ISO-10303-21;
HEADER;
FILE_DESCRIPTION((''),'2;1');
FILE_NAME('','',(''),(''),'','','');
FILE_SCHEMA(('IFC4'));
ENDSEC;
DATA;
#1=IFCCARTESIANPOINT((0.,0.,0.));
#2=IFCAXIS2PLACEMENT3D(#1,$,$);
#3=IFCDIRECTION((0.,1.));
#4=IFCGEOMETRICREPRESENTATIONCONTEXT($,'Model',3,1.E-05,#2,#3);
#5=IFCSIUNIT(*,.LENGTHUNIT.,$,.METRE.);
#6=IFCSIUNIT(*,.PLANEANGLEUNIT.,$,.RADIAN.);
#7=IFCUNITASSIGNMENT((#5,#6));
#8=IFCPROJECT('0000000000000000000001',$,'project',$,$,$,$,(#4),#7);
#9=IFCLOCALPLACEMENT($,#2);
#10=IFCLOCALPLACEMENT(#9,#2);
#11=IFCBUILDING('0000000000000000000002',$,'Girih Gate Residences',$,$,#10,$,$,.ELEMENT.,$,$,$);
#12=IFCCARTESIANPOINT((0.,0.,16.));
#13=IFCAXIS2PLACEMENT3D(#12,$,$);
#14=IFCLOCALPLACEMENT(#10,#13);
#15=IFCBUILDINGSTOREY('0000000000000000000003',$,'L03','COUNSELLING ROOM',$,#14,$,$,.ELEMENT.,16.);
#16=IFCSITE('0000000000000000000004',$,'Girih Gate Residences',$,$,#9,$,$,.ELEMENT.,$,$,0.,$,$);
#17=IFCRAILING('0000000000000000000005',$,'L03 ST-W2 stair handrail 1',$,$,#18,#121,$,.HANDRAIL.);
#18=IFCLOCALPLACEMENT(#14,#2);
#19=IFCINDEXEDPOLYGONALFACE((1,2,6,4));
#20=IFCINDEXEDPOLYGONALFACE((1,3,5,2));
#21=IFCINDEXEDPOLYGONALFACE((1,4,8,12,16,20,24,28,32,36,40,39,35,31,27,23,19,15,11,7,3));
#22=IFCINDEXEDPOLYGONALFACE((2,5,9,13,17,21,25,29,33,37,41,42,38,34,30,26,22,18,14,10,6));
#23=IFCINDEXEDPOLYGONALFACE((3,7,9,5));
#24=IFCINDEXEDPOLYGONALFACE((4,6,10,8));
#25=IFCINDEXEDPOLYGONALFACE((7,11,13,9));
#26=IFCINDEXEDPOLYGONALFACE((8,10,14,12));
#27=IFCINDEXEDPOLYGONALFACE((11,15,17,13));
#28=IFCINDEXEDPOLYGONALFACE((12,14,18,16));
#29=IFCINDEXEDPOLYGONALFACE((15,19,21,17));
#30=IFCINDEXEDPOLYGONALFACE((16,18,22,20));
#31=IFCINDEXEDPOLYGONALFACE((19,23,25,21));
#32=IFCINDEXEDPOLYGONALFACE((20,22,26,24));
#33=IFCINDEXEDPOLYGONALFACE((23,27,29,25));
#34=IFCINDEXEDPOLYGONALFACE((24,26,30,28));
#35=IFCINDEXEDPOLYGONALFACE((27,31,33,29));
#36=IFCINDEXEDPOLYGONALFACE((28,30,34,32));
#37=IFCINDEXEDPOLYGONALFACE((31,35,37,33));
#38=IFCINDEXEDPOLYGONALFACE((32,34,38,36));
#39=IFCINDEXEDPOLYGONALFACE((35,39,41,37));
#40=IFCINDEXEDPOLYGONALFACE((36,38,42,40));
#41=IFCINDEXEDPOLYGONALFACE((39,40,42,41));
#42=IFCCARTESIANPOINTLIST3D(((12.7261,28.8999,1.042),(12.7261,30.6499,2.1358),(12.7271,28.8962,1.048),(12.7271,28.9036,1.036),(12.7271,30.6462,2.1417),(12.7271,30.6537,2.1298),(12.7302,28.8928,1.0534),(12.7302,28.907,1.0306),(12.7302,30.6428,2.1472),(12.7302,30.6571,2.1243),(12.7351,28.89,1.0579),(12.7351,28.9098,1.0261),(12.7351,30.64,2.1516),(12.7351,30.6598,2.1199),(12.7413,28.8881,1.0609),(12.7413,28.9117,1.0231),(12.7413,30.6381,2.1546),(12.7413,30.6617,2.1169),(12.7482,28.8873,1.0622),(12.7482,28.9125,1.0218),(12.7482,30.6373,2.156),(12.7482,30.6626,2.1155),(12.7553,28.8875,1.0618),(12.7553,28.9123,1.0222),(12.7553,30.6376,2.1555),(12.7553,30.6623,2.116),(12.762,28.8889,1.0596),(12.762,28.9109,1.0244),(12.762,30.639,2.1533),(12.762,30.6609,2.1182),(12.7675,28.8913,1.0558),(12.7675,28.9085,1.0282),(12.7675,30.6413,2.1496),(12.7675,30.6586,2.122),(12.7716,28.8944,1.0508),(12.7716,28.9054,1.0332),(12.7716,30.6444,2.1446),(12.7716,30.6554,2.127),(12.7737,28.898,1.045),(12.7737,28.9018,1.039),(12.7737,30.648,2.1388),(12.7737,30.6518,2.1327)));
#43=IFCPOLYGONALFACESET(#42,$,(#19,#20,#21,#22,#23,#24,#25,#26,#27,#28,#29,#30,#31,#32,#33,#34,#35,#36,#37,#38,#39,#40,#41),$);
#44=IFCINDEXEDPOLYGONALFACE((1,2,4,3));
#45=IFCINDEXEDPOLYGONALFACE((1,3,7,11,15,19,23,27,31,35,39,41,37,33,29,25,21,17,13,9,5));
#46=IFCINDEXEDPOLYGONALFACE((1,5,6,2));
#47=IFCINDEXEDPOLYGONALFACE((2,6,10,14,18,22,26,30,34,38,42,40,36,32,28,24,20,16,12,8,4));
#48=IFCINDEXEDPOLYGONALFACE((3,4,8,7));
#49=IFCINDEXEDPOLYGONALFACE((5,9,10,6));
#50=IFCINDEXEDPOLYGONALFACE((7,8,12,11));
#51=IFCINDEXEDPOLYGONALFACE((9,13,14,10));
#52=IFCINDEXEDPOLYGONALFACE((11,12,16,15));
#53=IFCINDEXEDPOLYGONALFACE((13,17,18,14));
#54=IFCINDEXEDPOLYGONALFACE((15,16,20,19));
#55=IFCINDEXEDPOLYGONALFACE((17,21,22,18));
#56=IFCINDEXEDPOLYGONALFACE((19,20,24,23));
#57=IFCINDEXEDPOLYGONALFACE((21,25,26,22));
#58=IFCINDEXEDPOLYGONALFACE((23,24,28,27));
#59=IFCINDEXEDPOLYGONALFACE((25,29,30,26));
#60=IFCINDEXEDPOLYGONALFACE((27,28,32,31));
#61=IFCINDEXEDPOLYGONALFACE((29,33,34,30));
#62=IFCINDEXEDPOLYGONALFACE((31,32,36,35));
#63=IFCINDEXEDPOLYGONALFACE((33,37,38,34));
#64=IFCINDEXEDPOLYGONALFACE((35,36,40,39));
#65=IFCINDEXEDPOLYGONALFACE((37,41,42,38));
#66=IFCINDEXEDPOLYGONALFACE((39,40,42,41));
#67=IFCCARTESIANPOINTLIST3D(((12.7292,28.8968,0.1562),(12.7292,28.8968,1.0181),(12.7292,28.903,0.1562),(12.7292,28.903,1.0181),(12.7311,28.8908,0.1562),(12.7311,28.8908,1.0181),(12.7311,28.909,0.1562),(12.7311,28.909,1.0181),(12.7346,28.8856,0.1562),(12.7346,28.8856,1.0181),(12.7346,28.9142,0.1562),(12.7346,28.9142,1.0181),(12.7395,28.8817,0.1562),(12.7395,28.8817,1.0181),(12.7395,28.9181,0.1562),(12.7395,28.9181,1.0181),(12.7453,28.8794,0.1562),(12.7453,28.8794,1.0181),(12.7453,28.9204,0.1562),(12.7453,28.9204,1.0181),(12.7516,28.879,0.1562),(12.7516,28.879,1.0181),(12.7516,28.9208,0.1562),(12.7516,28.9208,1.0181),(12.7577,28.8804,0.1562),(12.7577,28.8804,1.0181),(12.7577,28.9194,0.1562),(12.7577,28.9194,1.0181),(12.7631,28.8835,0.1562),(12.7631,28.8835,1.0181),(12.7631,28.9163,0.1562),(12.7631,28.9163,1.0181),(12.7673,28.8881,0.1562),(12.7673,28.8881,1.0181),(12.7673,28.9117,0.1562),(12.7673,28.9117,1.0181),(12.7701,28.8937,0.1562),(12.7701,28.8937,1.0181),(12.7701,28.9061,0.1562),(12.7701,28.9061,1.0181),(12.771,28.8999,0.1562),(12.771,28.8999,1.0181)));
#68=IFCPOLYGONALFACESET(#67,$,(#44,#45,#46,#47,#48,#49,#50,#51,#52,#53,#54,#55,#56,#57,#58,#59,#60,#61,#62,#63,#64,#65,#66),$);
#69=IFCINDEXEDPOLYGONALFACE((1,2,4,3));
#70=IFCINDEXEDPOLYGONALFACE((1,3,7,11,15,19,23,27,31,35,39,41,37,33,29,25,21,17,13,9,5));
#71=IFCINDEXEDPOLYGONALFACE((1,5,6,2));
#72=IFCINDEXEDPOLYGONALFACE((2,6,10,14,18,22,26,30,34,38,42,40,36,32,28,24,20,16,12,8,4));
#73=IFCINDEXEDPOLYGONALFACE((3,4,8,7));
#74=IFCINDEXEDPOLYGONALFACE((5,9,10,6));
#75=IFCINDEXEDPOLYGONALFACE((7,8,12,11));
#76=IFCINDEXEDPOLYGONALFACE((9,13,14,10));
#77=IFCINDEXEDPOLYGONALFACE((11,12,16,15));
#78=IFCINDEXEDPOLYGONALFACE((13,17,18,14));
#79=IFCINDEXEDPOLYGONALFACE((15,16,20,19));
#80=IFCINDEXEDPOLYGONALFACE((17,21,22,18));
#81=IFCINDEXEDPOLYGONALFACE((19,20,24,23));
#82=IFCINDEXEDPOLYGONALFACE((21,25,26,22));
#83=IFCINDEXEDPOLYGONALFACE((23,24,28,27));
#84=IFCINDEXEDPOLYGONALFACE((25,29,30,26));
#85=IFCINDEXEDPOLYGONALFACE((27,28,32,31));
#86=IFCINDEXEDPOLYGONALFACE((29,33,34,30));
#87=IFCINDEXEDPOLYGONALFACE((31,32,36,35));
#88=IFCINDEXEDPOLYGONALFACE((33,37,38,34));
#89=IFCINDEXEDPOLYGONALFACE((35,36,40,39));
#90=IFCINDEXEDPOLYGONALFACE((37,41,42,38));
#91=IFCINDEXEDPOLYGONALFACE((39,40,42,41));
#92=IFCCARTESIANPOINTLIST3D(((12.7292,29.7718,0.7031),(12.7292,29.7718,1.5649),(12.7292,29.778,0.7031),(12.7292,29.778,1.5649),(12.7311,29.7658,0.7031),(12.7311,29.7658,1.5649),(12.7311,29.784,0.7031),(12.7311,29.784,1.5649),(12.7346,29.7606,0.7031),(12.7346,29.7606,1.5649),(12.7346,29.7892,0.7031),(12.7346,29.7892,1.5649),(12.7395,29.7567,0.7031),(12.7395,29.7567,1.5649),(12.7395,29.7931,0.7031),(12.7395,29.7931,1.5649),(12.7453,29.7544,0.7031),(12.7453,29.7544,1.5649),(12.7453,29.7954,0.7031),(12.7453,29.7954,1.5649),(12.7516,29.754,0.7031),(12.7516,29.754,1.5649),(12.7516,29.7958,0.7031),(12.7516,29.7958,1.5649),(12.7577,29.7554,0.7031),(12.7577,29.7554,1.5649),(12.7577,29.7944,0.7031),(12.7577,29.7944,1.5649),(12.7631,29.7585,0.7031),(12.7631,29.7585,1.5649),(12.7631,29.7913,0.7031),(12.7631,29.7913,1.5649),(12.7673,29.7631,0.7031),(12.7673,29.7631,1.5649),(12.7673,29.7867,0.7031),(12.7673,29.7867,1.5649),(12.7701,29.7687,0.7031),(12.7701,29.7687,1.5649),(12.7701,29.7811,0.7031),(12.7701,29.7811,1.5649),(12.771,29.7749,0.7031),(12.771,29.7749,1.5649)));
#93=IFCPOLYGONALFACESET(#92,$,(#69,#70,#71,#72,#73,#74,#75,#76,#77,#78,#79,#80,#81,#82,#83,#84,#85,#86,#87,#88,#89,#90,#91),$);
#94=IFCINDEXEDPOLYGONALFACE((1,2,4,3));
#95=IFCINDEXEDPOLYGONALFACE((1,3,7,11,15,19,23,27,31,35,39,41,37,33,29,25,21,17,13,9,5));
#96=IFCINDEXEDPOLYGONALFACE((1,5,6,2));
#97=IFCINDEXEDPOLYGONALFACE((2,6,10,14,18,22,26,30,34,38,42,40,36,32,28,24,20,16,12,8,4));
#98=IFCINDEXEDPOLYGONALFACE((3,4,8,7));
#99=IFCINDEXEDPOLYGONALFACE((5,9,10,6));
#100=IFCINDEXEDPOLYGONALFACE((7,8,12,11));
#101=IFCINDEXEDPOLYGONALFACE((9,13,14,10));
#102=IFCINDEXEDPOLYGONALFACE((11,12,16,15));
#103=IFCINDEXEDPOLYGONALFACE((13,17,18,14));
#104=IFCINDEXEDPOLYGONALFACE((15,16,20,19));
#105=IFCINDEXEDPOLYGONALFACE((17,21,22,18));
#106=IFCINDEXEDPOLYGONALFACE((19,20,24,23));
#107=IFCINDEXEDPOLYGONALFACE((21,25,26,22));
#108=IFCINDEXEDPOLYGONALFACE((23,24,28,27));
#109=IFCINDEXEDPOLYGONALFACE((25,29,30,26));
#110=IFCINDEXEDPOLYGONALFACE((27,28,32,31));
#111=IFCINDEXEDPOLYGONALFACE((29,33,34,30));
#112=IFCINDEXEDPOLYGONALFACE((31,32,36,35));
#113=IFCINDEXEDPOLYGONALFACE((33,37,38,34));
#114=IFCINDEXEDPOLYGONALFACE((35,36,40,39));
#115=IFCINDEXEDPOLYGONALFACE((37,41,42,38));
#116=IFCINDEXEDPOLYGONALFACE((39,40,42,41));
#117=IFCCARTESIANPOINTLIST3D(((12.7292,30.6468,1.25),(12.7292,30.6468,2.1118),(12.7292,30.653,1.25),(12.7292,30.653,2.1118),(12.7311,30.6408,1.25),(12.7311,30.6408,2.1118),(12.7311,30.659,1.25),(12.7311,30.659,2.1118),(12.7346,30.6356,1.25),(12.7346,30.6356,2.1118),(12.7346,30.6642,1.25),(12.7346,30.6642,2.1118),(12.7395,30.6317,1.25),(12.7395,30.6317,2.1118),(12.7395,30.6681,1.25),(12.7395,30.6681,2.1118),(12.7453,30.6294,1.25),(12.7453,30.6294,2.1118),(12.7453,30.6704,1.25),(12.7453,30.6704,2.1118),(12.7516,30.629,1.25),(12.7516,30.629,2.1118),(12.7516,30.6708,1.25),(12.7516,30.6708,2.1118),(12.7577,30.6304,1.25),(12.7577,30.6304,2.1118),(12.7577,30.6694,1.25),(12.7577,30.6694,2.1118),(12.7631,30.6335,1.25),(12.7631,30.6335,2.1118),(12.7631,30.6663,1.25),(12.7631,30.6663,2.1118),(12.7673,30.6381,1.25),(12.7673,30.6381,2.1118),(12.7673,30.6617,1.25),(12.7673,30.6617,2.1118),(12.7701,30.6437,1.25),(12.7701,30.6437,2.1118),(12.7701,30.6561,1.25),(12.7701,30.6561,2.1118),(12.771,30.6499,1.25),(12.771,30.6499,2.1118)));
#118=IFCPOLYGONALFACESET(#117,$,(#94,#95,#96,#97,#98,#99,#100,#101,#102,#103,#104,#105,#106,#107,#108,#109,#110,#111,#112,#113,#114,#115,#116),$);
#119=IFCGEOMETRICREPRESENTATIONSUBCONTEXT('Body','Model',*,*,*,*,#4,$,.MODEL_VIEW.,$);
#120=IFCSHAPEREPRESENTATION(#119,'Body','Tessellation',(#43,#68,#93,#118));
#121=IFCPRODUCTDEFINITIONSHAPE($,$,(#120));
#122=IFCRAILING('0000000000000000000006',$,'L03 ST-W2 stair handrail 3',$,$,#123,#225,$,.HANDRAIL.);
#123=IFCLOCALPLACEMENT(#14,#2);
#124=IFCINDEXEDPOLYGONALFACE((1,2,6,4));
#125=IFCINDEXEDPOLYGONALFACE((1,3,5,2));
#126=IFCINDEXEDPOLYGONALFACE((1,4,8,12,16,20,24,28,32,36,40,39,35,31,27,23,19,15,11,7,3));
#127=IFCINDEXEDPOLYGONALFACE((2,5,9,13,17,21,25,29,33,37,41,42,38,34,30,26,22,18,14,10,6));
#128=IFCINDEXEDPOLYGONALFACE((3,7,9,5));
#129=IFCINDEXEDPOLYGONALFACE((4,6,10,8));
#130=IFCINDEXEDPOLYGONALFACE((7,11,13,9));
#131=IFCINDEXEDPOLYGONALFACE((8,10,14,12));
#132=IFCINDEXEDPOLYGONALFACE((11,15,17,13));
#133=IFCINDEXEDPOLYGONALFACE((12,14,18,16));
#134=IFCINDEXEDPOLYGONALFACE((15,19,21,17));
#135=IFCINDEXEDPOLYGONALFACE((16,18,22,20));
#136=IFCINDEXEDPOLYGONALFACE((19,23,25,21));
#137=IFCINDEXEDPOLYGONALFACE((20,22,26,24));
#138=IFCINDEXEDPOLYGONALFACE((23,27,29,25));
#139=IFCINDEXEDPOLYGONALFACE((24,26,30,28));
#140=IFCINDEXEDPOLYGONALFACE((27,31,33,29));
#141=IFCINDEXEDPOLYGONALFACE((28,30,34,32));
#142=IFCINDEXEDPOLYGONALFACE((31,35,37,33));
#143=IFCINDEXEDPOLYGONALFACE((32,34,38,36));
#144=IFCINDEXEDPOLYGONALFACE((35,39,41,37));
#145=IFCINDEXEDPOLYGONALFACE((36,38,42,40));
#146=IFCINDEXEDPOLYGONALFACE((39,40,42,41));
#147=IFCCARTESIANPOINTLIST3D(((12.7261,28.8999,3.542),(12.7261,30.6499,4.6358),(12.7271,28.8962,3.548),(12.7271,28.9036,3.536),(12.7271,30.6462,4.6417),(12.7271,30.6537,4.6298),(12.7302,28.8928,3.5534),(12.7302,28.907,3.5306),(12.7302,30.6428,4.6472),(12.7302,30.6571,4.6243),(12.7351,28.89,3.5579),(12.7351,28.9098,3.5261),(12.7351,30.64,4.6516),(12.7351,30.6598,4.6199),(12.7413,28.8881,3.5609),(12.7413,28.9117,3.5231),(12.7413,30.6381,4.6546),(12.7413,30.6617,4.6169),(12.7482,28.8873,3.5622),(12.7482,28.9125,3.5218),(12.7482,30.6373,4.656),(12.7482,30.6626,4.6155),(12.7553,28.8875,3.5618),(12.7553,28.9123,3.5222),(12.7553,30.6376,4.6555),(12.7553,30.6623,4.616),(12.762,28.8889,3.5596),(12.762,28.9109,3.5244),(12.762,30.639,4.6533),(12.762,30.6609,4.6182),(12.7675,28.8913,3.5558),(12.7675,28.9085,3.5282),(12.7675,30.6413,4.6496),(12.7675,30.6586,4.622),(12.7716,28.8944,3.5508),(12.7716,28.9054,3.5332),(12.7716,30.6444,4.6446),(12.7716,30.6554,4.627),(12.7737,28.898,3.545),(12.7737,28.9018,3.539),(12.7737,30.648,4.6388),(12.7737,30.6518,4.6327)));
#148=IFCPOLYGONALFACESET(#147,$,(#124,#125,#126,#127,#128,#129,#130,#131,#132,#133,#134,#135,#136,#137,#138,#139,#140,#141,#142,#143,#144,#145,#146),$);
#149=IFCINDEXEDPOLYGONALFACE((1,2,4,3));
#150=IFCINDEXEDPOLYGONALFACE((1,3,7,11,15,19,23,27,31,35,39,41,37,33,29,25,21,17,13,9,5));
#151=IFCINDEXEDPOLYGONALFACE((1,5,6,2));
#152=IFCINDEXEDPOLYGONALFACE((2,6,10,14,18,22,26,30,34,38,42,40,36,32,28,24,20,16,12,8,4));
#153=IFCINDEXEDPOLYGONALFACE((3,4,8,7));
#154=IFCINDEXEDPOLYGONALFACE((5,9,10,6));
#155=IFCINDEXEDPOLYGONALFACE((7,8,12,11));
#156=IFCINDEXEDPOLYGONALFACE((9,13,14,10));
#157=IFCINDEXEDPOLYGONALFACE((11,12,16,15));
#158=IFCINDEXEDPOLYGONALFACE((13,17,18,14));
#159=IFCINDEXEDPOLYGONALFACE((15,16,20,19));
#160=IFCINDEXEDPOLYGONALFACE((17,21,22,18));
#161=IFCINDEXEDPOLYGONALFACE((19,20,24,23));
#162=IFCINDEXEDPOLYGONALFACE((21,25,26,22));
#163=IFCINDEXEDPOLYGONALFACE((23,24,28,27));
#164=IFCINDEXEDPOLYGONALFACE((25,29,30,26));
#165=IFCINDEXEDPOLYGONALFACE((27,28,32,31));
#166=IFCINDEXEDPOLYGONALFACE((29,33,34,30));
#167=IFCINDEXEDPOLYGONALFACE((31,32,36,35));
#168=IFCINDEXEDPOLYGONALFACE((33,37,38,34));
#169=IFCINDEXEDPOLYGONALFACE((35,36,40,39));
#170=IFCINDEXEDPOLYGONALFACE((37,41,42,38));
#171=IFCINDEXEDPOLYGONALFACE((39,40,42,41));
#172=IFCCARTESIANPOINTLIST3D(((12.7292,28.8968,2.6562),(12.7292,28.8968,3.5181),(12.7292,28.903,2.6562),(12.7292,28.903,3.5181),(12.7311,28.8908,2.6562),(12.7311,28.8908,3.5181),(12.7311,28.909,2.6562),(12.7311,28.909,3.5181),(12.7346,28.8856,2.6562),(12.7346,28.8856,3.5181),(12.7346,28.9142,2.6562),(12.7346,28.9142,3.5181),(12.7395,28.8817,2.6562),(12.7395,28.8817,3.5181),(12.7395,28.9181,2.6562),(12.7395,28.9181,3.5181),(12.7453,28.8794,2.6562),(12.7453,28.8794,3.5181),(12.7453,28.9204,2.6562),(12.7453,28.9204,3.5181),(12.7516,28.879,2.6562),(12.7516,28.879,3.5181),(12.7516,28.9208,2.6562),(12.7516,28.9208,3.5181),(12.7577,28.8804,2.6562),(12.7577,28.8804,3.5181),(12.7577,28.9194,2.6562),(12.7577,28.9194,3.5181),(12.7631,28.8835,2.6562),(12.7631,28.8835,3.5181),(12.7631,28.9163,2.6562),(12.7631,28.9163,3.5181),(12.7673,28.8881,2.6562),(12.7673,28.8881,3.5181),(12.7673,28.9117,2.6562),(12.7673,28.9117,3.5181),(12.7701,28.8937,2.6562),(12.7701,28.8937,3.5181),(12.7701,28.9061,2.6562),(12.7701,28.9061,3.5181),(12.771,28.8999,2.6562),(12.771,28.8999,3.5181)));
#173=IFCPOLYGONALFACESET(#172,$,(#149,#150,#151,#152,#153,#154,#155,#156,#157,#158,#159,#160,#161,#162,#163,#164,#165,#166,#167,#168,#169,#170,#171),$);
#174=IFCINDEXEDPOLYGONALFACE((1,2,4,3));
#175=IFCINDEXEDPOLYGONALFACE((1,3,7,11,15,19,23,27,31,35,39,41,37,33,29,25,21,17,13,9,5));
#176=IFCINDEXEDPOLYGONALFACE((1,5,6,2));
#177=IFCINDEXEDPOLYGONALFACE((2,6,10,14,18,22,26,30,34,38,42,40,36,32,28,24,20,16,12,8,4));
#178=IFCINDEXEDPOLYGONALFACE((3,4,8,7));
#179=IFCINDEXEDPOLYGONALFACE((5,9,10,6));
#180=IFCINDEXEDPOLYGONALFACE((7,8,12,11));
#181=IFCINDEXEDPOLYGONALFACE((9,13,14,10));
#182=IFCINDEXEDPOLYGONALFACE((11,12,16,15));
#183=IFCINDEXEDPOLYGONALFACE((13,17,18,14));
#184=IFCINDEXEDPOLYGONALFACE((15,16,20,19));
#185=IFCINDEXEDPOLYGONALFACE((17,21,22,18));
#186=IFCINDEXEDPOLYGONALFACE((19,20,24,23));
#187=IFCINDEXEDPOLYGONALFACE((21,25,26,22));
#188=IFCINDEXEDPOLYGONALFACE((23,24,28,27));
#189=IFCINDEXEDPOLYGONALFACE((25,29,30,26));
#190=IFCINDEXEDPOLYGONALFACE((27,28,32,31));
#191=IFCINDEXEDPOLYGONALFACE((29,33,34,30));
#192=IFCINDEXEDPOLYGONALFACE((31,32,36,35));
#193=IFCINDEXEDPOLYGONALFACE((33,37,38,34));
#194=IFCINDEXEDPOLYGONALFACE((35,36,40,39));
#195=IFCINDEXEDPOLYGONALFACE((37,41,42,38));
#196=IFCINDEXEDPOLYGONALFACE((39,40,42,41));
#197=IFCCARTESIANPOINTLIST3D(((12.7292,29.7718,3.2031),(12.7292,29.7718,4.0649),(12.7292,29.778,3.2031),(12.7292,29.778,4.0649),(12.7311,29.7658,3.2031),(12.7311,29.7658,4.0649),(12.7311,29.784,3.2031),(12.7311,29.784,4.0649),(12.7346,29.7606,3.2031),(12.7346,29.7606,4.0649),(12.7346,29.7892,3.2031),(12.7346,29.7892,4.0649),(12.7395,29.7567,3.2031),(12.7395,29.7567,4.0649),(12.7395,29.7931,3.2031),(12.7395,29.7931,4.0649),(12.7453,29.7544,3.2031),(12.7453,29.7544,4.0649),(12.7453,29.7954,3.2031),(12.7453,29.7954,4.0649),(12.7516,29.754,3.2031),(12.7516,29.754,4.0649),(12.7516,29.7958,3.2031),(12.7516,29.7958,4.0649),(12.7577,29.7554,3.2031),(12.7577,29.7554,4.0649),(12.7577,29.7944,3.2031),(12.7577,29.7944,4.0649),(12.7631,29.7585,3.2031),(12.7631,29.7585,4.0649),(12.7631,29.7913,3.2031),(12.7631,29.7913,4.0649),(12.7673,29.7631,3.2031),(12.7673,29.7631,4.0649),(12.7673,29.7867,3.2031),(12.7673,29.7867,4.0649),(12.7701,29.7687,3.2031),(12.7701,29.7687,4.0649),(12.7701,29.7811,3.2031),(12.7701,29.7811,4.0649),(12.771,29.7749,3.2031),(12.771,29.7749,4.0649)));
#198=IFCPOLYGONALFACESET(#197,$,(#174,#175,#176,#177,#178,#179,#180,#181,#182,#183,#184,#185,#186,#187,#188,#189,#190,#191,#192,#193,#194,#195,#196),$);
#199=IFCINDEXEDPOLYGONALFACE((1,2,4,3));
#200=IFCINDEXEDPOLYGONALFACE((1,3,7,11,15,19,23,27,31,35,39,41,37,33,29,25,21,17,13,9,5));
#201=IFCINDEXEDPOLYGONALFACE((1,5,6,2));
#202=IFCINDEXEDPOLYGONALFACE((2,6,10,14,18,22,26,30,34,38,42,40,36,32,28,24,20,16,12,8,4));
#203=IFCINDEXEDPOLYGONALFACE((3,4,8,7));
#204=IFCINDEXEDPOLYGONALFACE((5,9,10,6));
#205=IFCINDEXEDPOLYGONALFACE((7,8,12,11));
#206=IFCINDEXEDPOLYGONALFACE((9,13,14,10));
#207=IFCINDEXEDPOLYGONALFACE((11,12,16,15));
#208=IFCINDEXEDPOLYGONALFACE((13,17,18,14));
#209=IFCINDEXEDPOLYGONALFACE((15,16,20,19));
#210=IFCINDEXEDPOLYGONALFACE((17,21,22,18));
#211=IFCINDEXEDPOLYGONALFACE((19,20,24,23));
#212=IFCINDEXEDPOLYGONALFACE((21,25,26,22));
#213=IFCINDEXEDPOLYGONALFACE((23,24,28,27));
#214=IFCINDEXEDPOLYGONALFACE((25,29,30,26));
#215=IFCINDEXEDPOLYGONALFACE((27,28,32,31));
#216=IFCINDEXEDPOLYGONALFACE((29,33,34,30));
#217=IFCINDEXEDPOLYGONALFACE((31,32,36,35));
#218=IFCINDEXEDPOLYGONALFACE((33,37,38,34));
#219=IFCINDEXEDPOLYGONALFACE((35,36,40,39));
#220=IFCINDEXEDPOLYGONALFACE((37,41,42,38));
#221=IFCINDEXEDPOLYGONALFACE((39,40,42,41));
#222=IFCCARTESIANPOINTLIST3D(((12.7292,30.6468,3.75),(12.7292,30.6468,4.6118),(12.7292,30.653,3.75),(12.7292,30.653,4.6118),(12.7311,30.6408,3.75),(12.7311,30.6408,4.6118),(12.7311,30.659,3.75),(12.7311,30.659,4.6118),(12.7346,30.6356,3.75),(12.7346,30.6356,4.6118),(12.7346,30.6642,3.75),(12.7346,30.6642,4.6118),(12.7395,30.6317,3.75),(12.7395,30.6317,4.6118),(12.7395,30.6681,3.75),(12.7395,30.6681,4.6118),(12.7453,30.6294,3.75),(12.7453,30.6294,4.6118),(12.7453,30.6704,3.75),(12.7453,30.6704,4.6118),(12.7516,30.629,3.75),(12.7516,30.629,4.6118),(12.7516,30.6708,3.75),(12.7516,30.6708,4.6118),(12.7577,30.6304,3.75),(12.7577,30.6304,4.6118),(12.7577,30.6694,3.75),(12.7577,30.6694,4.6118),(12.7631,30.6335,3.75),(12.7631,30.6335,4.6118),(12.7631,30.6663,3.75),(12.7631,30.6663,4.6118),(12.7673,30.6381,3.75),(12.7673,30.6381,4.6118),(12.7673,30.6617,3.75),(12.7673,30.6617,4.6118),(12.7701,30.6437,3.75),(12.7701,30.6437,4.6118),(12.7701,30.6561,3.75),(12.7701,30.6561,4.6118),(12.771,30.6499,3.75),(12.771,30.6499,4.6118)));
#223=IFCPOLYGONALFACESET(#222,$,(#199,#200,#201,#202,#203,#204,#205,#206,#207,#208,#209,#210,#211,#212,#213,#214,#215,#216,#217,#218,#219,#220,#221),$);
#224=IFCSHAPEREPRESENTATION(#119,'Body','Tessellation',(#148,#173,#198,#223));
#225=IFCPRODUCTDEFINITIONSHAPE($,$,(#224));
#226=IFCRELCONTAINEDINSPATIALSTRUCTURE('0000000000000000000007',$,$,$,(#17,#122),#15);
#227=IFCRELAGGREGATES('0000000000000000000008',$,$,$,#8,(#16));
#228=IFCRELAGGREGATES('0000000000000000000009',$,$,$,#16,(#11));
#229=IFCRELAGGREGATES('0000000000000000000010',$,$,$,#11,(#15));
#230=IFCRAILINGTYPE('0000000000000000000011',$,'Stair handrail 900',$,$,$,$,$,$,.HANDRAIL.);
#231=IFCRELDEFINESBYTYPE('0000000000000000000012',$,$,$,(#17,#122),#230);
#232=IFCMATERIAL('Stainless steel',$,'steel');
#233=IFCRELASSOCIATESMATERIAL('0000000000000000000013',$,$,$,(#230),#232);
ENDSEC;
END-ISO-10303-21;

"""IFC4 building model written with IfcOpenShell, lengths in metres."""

from ifc_helpers import new_model, si_unit, direction, frame, origin, origin_2d, place, context, subcontext, project, spatial, circle, extrude, material, type_object, element, save


model = new_model("IFC4")

# Units and contexts
model_context = context("Model", 3, precision=1e-05, world=origin(), true_north=direction((0.0, 1.0)))
body_context = subcontext(model_context, "Body", "Model", "MODEL_VIEW")
ifc_project = project(units=[si_unit("LENGTHUNIT", "METRE"), si_unit("PLANEANGLEUNIT", "RADIAN")], contexts=[model_context])

# Site, building, storey
site_placement = place(None, origin())
site = spatial("IfcSite", under=ifc_project, at=site_placement, Name="Girih Gate Residences", CompositionType="ELEMENT", RefElevation=0.0)
building_placement = place(site_placement, origin())
building = spatial("IfcBuilding", under=site, at=building_placement, Name="Girih Gate Residences", CompositionType="ELEMENT")
storey_placement = place(building_placement, frame((0.0, 0.0, 16.0)))
storey = spatial("IfcBuildingStorey", under=building, at=storey_placement, Name="L03", Description="COUNSELLING ROOM", CompositionType="ELEMENT", Elevation=16.0)

# Railings
ifc_material_1 = material(Name="Stainless steel", Category="steel")
railing_type_1 = type_object("IfcRailingType", Name="Stair handrail 900", PredefinedType="HANDRAIL", material=ifc_material_1)
for number, where, name in (
    (1, (12.75, 28.8999, 0.1562), "L03 ST-W2 stair handrail 1"),
    (2, (12.75, 28.8999, 2.6562), "L03 ST-W2 stair handrail 3"),
):
    element("IfcRailing", number, at=place(storey_placement, frame(where)), inside=storey, type_object=railing_type_1, Name=name, PredefinedType="HANDRAIL", context=body_context, shape_type="SweptSolid", body=[
        extrude(circle(Radius=0.0239, at=origin_2d()), frame((0.0, 0.0, 0.8857), z_axis=(0.0, 0.847998, 0.529999), x_axis=(-1.0, 0.0, 0.0)), (0.0, 0.0, 1.0), 2.0637),
        extrude(circle(Radius=0.021, at=origin_2d()), origin(), (0.0, 0.0, 1.0), 0.8618),
        extrude(circle(Radius=0.021, at=origin_2d()), frame((0.0, 0.875, 0.5469)), (0.0, 0.0, 1.0), 0.8618),
        extrude(circle(Radius=0.021, at=origin_2d()), frame((0.0, 1.75, 1.0938)), (0.0, 0.0, 1.0), 0.8618),
    ])

save(model, "model.ifc")
